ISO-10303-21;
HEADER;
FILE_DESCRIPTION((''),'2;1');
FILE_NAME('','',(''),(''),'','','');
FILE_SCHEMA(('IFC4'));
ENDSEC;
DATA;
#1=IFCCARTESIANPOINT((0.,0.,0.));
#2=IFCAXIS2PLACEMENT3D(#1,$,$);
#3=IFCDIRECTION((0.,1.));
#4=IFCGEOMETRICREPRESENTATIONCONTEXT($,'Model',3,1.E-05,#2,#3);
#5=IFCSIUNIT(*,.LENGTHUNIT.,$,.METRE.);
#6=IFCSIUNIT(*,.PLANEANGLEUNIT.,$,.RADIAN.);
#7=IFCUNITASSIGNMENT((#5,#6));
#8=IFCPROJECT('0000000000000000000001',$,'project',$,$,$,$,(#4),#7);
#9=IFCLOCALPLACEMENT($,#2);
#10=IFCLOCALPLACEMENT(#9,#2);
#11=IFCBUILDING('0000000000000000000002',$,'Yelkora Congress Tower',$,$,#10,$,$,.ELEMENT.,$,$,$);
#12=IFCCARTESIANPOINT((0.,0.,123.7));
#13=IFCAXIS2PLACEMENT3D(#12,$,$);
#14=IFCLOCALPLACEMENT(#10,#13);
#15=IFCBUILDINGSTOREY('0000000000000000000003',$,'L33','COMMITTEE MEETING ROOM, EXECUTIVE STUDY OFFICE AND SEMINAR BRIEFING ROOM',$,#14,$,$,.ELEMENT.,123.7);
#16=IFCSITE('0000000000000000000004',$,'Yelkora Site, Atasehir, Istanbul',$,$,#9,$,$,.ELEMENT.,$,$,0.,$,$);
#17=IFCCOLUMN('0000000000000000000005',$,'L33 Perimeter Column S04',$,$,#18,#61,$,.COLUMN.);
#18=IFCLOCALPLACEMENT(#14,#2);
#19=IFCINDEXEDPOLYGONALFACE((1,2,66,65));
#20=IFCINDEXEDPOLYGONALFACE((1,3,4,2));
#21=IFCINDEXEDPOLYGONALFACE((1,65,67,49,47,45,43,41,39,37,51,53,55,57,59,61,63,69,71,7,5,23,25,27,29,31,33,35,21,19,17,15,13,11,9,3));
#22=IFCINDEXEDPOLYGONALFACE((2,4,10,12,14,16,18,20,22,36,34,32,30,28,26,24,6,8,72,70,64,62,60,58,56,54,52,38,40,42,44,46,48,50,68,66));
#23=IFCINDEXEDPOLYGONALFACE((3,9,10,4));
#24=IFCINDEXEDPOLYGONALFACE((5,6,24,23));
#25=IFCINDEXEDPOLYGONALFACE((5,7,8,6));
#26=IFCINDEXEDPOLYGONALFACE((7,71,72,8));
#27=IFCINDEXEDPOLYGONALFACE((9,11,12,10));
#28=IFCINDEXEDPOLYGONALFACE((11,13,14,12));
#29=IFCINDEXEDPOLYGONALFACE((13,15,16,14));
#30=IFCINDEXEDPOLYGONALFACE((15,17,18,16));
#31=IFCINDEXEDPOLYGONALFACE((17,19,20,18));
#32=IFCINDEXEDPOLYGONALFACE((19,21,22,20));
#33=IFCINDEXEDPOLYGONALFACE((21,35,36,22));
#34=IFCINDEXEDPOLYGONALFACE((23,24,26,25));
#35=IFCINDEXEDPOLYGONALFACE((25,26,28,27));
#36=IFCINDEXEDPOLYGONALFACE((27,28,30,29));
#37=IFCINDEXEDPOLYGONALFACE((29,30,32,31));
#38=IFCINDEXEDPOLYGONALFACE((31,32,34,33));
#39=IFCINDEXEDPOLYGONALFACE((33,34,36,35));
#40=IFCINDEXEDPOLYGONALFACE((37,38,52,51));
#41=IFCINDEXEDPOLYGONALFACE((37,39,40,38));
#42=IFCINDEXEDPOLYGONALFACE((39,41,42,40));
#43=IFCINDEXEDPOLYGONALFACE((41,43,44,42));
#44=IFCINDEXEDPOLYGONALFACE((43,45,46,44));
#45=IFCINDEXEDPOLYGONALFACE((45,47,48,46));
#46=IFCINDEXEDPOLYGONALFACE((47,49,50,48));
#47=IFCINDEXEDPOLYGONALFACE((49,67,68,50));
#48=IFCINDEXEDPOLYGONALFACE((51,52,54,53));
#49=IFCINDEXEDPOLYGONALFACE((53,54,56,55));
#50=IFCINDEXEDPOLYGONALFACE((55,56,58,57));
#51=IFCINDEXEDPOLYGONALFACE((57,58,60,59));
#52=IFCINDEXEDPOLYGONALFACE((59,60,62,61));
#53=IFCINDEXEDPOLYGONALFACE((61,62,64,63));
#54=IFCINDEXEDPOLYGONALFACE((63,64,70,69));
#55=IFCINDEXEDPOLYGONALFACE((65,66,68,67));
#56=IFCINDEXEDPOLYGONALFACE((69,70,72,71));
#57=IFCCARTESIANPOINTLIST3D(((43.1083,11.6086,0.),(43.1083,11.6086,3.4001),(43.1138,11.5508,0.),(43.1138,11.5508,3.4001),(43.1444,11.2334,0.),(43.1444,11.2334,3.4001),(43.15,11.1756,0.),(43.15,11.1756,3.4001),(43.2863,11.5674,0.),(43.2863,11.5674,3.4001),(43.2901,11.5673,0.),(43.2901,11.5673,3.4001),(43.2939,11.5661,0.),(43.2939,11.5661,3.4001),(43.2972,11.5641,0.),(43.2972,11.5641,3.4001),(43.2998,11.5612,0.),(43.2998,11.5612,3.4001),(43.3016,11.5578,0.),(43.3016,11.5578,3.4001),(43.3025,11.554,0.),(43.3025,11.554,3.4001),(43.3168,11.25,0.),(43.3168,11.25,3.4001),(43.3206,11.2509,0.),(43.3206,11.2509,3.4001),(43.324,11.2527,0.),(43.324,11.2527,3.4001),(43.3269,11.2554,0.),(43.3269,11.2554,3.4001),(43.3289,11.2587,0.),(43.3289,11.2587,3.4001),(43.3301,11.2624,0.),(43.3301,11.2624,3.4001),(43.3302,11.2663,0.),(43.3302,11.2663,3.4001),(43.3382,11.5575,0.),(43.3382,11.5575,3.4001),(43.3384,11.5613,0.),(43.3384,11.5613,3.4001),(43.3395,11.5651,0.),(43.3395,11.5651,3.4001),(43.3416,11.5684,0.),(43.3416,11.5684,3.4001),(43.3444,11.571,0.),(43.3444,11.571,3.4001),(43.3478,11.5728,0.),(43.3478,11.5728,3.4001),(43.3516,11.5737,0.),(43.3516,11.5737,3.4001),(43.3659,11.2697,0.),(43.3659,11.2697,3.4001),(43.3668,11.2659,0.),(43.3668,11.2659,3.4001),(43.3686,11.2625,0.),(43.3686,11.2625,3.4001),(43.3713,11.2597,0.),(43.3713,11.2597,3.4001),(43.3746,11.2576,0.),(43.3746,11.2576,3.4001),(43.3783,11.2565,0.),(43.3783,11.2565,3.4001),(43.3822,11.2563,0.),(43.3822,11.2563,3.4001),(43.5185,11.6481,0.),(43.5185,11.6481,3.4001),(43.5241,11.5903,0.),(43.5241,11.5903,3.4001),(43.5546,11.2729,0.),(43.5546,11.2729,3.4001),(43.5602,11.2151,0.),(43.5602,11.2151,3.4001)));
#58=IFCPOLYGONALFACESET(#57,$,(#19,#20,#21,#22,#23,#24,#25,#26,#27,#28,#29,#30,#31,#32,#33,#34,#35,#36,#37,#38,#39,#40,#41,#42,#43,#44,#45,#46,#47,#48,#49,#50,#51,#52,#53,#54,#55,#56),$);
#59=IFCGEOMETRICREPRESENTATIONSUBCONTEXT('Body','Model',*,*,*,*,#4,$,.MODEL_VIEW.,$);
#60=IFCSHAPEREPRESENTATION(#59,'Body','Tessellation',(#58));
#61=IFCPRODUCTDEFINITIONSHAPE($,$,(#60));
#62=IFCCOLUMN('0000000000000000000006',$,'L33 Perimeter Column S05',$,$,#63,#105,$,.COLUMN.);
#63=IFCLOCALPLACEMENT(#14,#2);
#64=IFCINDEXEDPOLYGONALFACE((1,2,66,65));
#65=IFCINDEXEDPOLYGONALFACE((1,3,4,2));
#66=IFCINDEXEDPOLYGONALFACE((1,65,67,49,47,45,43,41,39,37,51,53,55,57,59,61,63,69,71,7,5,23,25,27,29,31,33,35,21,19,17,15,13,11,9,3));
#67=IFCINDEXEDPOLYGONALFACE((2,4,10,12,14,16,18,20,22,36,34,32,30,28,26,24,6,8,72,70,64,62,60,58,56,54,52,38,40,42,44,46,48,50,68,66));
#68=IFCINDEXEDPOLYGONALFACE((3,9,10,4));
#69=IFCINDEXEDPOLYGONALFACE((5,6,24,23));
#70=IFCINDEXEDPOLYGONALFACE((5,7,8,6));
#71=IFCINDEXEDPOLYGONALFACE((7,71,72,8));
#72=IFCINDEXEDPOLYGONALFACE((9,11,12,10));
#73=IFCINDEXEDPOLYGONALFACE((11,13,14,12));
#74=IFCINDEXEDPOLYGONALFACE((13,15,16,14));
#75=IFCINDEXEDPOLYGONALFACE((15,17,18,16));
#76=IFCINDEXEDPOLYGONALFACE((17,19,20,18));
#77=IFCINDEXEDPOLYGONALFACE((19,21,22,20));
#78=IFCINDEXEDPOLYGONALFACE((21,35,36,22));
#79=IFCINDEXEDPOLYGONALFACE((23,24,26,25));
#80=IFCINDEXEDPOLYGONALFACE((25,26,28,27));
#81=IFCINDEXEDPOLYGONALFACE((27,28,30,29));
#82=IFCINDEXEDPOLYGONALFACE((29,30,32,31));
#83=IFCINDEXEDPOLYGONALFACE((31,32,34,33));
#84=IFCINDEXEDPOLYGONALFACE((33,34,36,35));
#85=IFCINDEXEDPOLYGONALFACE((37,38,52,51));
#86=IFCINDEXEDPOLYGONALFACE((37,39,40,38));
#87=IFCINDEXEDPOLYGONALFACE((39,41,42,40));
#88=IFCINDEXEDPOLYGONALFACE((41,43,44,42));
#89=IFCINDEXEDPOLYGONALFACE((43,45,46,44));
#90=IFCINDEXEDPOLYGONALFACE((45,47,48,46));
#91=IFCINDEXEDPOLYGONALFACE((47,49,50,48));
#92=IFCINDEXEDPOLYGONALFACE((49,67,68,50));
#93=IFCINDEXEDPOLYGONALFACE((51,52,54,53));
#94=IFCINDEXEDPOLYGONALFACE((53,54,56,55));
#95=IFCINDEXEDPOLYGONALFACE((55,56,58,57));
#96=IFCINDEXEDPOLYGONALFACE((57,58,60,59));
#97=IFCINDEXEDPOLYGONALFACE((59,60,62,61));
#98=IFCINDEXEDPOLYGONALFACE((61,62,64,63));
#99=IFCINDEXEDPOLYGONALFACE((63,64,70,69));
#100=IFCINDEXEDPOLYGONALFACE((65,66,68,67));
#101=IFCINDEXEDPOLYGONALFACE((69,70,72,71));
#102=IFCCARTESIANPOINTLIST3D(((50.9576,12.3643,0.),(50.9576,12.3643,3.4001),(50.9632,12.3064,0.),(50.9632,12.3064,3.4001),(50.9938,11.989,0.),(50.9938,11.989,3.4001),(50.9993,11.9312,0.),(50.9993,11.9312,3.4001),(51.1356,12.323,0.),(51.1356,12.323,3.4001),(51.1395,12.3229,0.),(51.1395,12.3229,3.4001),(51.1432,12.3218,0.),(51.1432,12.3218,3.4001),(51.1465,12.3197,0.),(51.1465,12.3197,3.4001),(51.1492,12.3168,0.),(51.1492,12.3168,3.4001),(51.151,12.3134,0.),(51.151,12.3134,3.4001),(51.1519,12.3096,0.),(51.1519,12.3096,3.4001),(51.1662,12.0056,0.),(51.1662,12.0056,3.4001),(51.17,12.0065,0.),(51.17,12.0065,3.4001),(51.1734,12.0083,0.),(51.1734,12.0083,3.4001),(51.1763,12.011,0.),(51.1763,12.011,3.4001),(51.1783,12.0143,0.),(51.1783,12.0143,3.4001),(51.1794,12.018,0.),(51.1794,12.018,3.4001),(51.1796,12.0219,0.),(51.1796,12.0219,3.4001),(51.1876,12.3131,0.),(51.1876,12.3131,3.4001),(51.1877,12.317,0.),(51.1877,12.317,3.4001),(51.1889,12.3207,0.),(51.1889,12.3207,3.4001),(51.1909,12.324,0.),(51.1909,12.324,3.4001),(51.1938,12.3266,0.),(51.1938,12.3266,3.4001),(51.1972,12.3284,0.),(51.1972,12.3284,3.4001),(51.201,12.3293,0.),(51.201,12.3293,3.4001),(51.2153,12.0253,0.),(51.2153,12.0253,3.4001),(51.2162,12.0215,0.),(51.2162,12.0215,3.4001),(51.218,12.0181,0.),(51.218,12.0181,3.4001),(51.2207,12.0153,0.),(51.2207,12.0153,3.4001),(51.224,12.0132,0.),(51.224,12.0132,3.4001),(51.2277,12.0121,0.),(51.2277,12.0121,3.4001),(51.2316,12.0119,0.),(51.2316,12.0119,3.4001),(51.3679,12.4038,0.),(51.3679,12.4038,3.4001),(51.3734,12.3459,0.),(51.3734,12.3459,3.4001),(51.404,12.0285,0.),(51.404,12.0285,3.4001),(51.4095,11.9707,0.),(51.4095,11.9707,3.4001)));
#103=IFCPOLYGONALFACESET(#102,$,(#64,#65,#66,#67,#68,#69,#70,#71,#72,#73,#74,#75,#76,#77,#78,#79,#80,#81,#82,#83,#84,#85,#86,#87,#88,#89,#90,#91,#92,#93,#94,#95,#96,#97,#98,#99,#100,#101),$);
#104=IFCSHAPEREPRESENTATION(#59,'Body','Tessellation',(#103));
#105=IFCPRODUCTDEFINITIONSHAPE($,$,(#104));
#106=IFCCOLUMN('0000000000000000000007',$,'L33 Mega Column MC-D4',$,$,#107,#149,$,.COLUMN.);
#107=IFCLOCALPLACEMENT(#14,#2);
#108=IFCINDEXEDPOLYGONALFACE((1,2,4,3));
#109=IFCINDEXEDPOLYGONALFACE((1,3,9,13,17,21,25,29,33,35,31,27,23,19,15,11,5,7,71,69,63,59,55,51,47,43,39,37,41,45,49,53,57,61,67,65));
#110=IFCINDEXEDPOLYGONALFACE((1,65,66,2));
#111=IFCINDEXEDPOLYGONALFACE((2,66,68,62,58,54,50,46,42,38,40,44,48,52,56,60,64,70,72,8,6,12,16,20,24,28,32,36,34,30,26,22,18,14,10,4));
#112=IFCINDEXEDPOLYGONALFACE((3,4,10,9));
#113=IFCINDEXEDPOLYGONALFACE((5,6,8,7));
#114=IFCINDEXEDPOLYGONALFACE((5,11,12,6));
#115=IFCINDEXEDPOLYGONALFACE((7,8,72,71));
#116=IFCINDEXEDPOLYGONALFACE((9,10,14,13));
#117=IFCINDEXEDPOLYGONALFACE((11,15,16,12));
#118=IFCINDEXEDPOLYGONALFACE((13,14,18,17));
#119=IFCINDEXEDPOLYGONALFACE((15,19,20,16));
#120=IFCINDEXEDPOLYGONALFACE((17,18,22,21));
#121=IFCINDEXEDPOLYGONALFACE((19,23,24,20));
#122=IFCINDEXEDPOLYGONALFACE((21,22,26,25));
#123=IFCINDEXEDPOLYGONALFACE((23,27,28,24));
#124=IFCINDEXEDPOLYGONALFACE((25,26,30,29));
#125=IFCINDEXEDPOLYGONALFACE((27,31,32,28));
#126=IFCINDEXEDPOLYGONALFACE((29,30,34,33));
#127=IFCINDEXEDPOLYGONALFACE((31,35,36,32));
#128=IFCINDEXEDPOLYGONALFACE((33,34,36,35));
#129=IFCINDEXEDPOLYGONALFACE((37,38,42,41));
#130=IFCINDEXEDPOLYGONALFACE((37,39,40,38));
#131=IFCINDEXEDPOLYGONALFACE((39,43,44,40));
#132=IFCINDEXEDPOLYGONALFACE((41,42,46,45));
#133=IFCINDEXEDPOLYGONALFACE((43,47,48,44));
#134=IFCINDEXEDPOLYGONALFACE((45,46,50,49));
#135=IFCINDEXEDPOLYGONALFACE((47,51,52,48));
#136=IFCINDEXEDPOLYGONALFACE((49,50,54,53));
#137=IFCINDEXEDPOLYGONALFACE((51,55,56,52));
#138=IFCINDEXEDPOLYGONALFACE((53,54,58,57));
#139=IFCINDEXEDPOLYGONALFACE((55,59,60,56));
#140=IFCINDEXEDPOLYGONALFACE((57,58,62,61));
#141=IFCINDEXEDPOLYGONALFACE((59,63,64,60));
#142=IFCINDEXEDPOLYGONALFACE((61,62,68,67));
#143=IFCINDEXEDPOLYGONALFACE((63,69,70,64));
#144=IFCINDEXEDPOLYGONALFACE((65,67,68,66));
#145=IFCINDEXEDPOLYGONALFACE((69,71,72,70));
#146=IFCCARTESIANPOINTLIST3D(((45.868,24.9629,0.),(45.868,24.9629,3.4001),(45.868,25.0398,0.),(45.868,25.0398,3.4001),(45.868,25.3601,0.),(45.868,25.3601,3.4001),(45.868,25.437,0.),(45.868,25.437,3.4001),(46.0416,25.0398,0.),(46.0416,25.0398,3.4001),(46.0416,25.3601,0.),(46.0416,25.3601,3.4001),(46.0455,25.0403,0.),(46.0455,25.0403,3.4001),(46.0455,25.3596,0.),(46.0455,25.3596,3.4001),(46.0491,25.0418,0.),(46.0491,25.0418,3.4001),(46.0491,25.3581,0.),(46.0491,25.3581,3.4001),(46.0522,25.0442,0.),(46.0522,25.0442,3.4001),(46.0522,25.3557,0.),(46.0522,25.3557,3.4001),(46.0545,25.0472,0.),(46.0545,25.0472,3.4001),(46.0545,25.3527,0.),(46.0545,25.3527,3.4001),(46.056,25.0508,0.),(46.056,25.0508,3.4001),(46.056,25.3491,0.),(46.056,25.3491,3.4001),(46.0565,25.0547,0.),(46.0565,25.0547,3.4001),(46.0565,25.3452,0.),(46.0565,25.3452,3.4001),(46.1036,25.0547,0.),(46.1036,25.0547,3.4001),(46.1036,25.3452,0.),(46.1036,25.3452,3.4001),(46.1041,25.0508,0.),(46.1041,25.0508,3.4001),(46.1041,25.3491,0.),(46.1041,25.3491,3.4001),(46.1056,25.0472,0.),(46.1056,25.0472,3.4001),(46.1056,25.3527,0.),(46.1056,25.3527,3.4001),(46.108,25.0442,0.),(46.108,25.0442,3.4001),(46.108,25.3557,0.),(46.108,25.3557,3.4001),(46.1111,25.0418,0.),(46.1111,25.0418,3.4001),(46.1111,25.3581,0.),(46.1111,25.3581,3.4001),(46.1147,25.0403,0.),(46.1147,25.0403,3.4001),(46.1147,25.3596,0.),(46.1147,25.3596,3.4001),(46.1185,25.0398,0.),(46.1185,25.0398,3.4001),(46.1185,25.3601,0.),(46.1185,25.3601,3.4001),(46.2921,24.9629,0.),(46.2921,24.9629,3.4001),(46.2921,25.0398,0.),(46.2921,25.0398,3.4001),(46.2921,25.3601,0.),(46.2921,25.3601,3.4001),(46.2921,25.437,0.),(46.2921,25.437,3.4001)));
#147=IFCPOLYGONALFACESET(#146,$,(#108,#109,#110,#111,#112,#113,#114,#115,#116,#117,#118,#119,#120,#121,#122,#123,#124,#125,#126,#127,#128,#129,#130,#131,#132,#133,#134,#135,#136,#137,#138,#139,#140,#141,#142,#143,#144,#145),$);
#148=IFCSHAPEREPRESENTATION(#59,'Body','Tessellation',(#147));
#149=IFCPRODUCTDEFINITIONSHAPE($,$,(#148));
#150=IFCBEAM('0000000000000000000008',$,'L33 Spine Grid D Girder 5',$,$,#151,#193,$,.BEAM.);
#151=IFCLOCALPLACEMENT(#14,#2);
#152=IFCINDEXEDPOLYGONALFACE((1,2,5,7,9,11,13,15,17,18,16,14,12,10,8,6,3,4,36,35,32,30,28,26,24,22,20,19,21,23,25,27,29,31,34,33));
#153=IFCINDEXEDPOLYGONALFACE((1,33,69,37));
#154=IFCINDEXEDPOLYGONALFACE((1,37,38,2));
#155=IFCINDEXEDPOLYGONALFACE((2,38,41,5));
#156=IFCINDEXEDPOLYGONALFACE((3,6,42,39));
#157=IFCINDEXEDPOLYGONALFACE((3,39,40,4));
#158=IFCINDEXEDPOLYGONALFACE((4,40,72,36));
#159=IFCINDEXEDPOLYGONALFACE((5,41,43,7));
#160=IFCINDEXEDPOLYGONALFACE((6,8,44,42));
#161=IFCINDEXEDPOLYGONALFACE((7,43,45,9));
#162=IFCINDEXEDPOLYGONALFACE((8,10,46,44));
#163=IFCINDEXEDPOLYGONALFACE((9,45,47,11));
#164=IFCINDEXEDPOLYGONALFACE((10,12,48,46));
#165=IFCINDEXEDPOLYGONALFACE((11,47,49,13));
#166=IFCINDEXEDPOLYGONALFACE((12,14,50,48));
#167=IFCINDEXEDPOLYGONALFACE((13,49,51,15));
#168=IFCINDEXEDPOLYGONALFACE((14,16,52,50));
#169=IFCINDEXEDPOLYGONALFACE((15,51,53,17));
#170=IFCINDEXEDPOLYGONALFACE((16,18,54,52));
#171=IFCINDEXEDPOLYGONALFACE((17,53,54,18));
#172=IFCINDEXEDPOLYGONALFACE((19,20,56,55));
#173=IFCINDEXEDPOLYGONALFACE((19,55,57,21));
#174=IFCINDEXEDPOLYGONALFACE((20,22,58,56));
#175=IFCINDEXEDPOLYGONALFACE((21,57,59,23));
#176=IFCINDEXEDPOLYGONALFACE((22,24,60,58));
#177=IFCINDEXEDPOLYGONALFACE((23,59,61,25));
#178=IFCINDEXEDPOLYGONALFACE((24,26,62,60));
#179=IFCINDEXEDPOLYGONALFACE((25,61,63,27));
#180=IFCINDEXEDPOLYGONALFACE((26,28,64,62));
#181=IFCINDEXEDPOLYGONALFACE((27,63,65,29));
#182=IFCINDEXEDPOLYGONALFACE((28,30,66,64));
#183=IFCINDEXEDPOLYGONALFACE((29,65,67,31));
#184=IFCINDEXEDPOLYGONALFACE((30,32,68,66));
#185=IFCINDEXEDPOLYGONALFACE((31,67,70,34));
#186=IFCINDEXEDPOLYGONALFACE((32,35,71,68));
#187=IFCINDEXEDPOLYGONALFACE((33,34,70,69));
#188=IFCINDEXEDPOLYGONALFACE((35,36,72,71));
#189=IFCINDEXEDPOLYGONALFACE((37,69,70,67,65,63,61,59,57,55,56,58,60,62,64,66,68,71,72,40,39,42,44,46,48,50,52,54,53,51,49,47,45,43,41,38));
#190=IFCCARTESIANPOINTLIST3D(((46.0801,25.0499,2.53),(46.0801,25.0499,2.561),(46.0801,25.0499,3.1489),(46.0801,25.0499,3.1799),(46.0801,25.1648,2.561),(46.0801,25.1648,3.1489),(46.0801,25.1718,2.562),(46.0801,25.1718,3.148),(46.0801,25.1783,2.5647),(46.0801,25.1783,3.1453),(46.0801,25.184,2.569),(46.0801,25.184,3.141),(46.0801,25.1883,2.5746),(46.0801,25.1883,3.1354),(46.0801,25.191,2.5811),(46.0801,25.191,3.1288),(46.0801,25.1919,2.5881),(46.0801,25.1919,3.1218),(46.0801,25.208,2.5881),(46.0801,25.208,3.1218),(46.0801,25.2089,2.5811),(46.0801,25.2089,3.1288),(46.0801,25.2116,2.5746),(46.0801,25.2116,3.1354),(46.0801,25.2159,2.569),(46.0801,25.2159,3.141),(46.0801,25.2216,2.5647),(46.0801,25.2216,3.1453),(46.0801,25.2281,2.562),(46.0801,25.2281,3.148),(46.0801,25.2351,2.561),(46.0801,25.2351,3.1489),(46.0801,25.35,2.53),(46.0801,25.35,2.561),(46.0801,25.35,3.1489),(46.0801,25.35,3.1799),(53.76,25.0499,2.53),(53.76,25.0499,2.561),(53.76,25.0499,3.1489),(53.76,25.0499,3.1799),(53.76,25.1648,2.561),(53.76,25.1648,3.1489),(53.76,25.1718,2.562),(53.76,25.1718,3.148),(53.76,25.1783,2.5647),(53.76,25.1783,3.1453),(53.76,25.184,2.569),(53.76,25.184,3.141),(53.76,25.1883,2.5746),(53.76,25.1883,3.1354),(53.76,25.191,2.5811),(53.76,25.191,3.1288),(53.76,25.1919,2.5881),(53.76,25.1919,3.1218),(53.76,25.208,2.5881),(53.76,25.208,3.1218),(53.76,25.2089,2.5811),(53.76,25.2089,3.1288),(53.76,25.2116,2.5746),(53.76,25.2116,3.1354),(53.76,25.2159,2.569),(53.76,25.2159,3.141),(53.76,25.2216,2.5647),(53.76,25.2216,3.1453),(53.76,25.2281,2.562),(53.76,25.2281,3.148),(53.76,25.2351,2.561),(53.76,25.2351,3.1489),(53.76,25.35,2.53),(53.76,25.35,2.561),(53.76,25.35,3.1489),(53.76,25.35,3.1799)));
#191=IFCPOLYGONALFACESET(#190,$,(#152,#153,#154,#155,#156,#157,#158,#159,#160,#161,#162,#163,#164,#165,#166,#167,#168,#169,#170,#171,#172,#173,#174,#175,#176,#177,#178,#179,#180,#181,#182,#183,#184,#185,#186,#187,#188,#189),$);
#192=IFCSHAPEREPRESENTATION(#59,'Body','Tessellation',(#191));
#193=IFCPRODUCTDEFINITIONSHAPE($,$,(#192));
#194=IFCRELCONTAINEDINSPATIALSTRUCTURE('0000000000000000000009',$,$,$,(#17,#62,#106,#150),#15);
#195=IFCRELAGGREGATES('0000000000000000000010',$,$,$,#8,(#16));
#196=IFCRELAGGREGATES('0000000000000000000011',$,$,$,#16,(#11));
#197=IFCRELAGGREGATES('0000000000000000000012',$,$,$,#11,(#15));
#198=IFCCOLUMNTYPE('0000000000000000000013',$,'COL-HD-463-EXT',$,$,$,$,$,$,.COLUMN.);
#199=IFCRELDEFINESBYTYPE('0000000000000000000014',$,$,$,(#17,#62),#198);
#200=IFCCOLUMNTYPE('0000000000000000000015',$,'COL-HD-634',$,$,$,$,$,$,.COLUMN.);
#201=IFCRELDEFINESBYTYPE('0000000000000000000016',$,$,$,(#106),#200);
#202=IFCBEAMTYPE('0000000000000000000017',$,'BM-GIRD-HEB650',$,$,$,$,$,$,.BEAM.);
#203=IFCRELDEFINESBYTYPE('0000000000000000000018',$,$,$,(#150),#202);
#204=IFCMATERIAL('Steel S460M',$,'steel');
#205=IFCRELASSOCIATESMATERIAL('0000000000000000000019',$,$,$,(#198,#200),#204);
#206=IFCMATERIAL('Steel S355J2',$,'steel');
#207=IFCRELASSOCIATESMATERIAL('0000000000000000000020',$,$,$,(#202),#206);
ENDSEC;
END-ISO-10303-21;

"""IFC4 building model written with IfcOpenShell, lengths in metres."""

from ifc_helpers import new_model, si_unit, direction, frame, origin, origin_2d, place, context, subcontext, project, spatial, i_section, extrude, material, material_profile, profile_set, type_object, element, save


model = new_model("IFC4")

# Units and contexts
model_context = context("Model", 3, precision=1e-05, world=origin(), true_north=direction((0.0, 1.0)))
body_context = subcontext(model_context, "Body", "Model", "MODEL_VIEW")
ifc_project = project(units=[si_unit("LENGTHUNIT", "METRE"), si_unit("PLANEANGLEUNIT", "RADIAN")], contexts=[model_context])

# Site, building, storey
site_placement = place(None, origin())
site = spatial("IfcSite", under=ifc_project, at=site_placement, Name="Yelkora Site, Atasehir, Istanbul", CompositionType="ELEMENT", RefElevation=0.0)
building_placement = place(site_placement, origin())
building = spatial("IfcBuilding", under=site, at=building_placement, Name="Yelkora Congress Tower", CompositionType="ELEMENT")
storey_placement = place(building_placement, frame((0.0, 0.0, 123.7)))
storey = spatial("IfcBuildingStorey", under=building, at=storey_placement, Name="L33", Description="COMMITTEE MEETING ROOM, EXECUTIVE STUDY OFFICE AND SEMINAR BRIEFING ROOM", CompositionType="ELEMENT", Elevation=123.7)

# Columns
ifc_material_1 = material(Name="Steel S460M", Category="steel")
ifc_material_profile_1 = material_profile(ifc_material_1, i_section(OverallWidth=0.4121, OverallDepth=0.4351, WebThickness=0.0359, FlangeThickness=0.0581, FilletRadius=0.0149, at=origin_2d()), Name="HD 400x463")
ifc_profile_set_1 = profile_set([ifc_material_profile_1], Name="Steel S460M")
column_type_1 = type_object("IfcColumnType", Name="COL-HD-463-EXT", PredefinedType="COLUMN", material=ifc_profile_set_1)
for number, where, z_axis, x_axis, name in (
    (1, (43.3342, 11.4119, 0.0), (0.0, 0.0, 1.0), (0.995396, 0.095846, 0.0), "L33 Perimeter Column S04"),
    (2, (51.1836, 12.1675, 0.0), (0.0, 0.0, 1.0), (0.995396, 0.095846, 0.0), "L33 Perimeter Column S05"),
):
    element("IfcColumn", number, at=place(storey_placement, frame(where, z_axis=z_axis, x_axis=x_axis)), inside=storey, type_object=column_type_1, Name=name, PredefinedType="COLUMN", context=body_context, shape_type="SweptSolid", body=[
        extrude(i_section(OverallWidth=0.4121, OverallDepth=0.4351, WebThickness=0.0359, FlangeThickness=0.0581, FilletRadius=0.0149, at=origin_2d()), origin(), (0.0, 0.0, 1.0), 3.4001),
    ])
ifc_material_profile_2 = material_profile(ifc_material_1, i_section(OverallWidth=0.4241, OverallDepth=0.4741, WebThickness=0.0471, FlangeThickness=0.0769, FilletRadius=0.0149, at=origin_2d()), Name="HD 400x634")
ifc_profile_set_2 = profile_set([ifc_material_profile_2], Name="Steel S460M")
column_type_2 = type_object("IfcColumnType", Name="COL-HD-634", PredefinedType="COLUMN", material=ifc_profile_set_2)
column_placement = place(storey_placement, frame((46.0801, 25.2, 0.0), z_axis=(0.0, 0.0, 1.0), x_axis=(1.0, 0.0, 0.0)))
element("IfcColumn", 3, at=column_placement, inside=storey, type_object=column_type_2, Name="L33 Mega Column MC-D4", PredefinedType="COLUMN", context=body_context, shape_type="SweptSolid", body=[
    extrude(i_section(OverallWidth=0.4241, OverallDepth=0.4741, WebThickness=0.0471, FlangeThickness=0.0769, FilletRadius=0.0149, at=origin_2d()), origin(), (0.0, 0.0, 1.0), 3.4001),
])

# Beam
ifc_material_2 = material(Name="Steel S355J2", Category="steel")
ifc_material_profile_3 = material_profile(ifc_material_2, i_section(OverallWidth=0.3, OverallDepth=0.6499, WebThickness=0.0161, FlangeThickness=0.031, FilletRadius=0.0271, at=origin_2d()), Name="HEB 650")
ifc_profile_set_3 = profile_set([ifc_material_profile_3], Name="Steel S355J2")
beam_type_1 = type_object("IfcBeamType", Name="BM-GIRD-HEB650", PredefinedType="BEAM", material=ifc_profile_set_3)
beam_1_placement = place(storey_placement, frame((46.0801, 25.2, 2.855), z_axis=(1.0, 0.0, 0.0), x_axis=(0.0, 1.0, 0.0)))
element("IfcBeam", 4, at=beam_1_placement, inside=storey, type_object=beam_type_1, Name="L33 Spine Grid D Girder 5", PredefinedType="BEAM", context=body_context, shape_type="SweptSolid", body=[
    extrude(i_section(OverallWidth=0.3, OverallDepth=0.6499, WebThickness=0.0161, FlangeThickness=0.031, FilletRadius=0.0271, at=origin_2d()), origin(), (0.0, 0.0, 1.0), 7.6799),
])

save(model, "model.ifc")
